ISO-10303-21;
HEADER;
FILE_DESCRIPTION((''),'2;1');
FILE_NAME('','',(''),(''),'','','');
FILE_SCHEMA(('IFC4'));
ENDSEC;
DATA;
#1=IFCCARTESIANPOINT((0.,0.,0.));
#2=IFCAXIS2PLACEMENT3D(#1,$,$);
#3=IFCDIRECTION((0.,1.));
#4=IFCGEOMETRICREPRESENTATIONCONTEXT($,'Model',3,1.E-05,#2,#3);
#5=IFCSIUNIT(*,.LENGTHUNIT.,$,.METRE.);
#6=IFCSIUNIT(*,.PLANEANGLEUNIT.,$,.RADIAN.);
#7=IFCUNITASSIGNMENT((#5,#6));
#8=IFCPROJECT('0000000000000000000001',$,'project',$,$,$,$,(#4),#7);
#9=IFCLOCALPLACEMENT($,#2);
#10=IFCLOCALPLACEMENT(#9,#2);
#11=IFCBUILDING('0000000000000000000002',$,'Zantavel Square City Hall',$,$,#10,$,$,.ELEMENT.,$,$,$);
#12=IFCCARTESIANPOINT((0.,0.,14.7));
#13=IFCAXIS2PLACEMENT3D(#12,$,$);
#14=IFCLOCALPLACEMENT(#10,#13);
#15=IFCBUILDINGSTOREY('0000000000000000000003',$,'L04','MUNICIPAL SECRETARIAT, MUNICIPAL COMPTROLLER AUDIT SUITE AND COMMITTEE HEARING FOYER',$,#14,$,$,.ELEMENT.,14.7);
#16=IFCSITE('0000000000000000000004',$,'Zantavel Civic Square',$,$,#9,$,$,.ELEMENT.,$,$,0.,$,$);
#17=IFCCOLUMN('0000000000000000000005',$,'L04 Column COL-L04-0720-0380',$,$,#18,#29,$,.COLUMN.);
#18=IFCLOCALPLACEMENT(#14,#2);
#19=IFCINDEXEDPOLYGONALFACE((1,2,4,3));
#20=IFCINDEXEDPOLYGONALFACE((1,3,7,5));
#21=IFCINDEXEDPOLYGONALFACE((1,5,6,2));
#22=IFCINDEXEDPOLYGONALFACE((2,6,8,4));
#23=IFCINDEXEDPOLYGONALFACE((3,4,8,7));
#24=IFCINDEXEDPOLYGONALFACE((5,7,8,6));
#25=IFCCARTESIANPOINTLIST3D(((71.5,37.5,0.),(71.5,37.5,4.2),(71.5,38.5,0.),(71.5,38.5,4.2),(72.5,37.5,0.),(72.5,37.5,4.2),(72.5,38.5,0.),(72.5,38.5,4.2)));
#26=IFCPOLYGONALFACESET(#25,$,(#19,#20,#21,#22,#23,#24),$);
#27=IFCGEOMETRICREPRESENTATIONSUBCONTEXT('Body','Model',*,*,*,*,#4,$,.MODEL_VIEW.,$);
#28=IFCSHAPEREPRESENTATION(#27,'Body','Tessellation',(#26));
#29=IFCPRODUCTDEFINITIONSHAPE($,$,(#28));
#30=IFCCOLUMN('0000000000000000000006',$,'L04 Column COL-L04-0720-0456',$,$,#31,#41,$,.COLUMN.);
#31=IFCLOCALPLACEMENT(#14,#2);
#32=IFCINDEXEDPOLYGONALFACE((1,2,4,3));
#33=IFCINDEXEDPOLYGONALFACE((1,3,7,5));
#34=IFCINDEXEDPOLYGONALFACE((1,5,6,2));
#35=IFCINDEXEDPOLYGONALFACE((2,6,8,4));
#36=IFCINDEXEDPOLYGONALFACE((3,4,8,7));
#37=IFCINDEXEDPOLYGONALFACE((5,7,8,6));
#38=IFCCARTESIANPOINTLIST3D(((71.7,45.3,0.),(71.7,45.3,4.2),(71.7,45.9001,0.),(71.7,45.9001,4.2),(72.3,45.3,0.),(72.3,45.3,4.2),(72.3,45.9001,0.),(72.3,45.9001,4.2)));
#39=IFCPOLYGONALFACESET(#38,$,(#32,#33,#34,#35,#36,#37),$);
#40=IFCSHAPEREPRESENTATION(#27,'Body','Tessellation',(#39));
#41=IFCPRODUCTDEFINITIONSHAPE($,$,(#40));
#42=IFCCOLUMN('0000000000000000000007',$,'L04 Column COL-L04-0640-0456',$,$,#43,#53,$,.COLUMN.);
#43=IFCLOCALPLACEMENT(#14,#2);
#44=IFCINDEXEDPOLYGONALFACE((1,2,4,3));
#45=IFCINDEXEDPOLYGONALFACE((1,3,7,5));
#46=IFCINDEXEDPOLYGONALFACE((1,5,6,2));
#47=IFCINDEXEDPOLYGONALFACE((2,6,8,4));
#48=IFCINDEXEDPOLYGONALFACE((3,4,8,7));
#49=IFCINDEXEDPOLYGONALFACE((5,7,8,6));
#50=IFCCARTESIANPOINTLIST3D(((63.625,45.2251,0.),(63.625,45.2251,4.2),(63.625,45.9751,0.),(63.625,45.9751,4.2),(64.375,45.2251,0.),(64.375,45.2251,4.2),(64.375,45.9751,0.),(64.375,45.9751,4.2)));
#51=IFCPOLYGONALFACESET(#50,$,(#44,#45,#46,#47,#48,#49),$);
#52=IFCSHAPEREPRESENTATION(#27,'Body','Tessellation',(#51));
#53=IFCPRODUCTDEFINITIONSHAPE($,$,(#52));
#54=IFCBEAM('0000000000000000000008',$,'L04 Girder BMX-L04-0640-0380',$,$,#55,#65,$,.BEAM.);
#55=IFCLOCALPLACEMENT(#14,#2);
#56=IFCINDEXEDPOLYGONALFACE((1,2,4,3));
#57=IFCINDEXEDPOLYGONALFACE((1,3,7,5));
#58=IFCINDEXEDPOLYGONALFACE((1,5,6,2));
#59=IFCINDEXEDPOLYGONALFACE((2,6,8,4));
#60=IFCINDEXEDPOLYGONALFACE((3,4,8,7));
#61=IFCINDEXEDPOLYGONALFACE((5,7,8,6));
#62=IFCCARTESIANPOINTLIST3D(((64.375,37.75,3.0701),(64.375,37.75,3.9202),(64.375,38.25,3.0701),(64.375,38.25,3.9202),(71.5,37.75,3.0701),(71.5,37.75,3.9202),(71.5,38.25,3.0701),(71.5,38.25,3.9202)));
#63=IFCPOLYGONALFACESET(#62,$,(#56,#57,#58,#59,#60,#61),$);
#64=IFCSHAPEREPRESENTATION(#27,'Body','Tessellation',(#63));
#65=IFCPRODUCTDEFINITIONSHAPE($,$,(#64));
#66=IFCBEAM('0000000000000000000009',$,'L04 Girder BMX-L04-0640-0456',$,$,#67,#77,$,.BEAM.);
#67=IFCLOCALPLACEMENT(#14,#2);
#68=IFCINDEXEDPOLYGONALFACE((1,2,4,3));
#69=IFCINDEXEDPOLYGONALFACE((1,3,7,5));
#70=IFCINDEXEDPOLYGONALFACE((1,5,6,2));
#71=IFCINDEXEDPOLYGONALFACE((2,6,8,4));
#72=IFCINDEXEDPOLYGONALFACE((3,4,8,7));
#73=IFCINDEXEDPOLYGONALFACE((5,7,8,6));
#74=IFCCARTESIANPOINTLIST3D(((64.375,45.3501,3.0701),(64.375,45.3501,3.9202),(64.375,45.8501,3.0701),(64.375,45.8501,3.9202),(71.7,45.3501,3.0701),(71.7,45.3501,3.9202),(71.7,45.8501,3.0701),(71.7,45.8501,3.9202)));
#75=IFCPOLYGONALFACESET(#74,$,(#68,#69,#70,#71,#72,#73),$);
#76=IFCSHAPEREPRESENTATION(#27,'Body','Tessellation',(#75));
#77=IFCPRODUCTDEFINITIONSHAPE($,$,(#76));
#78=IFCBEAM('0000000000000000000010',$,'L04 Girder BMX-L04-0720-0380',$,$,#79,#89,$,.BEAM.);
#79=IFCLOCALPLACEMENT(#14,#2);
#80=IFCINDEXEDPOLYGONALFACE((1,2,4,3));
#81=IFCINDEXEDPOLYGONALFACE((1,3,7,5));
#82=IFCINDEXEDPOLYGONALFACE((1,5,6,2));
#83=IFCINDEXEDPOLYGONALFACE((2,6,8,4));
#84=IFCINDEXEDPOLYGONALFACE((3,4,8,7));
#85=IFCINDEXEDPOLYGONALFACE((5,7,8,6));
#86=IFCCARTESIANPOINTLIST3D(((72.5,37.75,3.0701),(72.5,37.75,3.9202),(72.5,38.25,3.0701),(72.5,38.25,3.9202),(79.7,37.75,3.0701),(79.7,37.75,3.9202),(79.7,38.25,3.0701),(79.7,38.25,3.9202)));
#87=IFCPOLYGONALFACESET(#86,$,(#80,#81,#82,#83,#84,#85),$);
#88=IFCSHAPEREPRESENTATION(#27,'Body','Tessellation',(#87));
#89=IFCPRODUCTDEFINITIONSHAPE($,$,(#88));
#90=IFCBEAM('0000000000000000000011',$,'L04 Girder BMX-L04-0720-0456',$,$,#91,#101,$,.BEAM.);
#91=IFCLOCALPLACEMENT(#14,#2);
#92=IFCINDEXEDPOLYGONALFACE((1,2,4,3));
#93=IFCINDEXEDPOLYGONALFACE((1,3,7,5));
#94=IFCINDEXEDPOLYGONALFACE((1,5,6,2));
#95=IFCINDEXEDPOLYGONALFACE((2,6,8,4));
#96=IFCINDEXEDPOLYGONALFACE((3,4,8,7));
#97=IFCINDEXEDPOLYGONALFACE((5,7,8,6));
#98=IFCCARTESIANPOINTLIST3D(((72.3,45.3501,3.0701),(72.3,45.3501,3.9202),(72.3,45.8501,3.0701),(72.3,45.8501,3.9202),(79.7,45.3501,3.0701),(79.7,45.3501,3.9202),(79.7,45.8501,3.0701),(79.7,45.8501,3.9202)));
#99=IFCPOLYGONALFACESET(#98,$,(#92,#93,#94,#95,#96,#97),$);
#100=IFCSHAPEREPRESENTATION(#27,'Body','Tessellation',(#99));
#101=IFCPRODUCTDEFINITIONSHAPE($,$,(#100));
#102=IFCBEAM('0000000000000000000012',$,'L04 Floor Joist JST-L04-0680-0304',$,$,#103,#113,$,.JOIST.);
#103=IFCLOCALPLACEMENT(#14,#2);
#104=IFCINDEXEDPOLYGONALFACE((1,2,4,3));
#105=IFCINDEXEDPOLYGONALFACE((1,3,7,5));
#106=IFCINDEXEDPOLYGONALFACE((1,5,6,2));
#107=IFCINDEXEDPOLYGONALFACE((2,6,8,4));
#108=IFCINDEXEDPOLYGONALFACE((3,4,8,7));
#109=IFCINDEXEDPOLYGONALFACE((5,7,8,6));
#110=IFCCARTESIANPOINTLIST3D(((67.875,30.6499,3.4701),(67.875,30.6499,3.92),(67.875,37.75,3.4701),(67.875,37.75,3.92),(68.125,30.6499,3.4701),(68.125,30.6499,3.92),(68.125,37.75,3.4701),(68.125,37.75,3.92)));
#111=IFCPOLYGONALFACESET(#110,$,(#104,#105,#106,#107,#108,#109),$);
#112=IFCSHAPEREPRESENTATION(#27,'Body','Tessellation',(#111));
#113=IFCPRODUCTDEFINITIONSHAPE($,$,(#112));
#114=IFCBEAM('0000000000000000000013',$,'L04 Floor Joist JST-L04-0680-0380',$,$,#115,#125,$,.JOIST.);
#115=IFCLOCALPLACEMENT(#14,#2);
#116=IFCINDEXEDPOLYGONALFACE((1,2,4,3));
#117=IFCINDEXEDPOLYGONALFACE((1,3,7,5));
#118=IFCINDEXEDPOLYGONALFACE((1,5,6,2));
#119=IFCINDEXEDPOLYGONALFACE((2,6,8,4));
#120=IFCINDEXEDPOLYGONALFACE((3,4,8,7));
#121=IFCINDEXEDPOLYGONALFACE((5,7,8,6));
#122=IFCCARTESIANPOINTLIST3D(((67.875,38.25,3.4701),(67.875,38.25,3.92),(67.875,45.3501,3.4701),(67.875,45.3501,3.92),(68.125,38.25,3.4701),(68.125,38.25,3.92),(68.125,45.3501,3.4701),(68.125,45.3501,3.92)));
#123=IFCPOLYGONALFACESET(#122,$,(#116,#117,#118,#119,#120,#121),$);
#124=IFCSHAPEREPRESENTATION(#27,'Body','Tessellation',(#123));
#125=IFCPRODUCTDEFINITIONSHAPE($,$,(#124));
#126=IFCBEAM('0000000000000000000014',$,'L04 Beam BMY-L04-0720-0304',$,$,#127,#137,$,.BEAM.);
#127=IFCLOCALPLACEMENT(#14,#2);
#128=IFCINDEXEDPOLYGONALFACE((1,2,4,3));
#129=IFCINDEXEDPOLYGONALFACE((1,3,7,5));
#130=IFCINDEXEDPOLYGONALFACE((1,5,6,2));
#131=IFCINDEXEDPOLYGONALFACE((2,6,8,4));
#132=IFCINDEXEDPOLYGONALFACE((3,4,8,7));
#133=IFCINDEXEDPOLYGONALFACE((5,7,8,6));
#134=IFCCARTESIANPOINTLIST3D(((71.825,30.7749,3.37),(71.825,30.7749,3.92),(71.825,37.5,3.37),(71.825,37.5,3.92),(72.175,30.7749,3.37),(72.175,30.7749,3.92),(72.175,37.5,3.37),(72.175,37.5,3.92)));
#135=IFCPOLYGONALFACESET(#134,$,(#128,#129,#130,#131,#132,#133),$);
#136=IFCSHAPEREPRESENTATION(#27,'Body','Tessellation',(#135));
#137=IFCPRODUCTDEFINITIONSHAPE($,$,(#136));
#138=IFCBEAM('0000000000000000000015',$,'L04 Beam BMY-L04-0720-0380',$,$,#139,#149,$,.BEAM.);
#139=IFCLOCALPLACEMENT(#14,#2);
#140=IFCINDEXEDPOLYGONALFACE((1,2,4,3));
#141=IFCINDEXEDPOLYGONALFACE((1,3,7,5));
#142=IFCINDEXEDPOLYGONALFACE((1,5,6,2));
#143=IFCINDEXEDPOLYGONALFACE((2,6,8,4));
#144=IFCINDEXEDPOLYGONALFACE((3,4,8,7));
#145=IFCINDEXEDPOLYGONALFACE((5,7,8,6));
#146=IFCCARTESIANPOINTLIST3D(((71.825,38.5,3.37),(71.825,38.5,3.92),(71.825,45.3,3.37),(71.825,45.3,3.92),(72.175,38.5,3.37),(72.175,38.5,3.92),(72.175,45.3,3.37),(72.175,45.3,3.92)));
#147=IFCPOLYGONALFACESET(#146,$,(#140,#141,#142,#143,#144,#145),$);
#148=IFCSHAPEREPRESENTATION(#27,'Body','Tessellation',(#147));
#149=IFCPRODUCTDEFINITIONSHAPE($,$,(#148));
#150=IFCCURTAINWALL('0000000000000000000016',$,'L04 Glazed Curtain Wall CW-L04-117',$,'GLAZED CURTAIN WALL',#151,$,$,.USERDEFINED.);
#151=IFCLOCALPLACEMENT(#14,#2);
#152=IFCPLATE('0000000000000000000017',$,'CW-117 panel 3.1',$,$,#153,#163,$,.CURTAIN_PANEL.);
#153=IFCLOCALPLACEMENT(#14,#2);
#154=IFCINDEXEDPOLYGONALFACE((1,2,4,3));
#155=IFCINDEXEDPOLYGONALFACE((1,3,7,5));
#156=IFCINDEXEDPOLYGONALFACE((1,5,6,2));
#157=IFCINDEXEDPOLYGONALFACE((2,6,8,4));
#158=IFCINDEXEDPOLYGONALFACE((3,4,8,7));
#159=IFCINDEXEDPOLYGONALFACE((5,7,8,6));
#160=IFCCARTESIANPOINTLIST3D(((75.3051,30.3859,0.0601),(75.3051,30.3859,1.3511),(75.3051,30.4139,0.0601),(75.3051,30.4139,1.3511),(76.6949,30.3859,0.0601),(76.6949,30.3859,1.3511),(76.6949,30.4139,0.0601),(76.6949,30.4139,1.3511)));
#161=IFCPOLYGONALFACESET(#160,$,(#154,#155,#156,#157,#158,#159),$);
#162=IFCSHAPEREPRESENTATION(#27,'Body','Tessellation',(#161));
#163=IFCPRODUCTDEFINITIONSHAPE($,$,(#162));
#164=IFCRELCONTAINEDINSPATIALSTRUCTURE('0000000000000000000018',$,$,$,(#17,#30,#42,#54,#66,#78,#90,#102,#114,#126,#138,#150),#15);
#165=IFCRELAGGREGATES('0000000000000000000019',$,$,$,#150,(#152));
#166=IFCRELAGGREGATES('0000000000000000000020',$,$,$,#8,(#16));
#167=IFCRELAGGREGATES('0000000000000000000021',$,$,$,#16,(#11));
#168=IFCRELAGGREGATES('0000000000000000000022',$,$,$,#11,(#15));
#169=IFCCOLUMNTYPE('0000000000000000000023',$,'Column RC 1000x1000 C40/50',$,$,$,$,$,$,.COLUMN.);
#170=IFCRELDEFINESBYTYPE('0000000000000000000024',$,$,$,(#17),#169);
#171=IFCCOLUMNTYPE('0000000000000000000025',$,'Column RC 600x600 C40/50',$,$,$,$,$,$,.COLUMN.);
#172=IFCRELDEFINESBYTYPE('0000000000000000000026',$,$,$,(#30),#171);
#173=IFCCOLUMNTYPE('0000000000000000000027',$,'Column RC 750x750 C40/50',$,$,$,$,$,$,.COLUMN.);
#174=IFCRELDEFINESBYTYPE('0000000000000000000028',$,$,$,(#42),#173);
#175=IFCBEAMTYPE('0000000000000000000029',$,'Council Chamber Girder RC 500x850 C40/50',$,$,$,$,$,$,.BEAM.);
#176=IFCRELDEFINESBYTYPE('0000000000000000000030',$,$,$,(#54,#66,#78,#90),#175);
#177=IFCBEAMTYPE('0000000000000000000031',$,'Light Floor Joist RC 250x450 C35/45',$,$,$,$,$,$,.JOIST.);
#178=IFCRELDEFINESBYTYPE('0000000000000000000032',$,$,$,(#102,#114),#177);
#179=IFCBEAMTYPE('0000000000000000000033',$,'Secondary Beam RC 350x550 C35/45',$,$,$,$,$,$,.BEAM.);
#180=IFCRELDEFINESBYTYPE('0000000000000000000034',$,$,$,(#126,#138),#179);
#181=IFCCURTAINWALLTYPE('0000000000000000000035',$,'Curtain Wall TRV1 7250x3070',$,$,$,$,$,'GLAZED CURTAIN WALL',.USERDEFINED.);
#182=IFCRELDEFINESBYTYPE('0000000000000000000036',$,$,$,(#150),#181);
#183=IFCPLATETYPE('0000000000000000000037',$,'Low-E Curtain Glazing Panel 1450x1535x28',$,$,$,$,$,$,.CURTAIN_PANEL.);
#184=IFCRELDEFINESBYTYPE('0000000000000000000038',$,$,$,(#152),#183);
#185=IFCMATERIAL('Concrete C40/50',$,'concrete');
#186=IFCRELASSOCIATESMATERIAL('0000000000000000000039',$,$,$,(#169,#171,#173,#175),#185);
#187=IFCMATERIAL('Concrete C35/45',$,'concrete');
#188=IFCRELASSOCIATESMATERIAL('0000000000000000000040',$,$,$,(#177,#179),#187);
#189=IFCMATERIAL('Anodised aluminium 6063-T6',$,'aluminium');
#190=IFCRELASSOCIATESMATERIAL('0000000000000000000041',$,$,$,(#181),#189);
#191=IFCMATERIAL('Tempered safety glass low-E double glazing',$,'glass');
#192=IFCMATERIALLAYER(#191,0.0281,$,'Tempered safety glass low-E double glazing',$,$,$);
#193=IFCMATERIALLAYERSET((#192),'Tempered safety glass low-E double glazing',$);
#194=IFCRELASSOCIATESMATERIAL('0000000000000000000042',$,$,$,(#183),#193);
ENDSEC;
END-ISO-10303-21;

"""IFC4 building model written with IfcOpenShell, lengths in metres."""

from ifc_helpers import new_model, si_unit, direction, frame, origin, origin_2d, place, context, subcontext, project, spatial, rectangle, extrude, material, layer, layer_set, material_profile, profile_set, type_object, element, aggregate, save


model = new_model("IFC4")

# Units and contexts
model_context = context("Model", 3, precision=1e-05, world=origin(), true_north=direction((0.0, 1.0)))
body_context = subcontext(model_context, "Body", "Model", "MODEL_VIEW")
ifc_project = project(units=[si_unit("LENGTHUNIT", "METRE"), si_unit("PLANEANGLEUNIT", "RADIAN")], contexts=[model_context])

# Site, building, storey
site_placement = place(None, origin())
site = spatial("IfcSite", under=ifc_project, at=site_placement, Name="Zantavel Civic Square", CompositionType="ELEMENT", RefElevation=0.0)
building_placement = place(site_placement, origin())
building = spatial("IfcBuilding", under=site, at=building_placement, Name="Zantavel Square City Hall", CompositionType="ELEMENT")
storey_placement = place(building_placement, frame((0.0, 0.0, 14.7)))
storey = spatial("IfcBuildingStorey", under=building, at=storey_placement, Name="L04", Description="MUNICIPAL SECRETARIAT, MUNICIPAL COMPTROLLER AUDIT SUITE AND COMMITTEE HEARING FOYER", CompositionType="ELEMENT", Elevation=14.7)

# Columns
ifc_material_1 = material(Name="Concrete C40/50", Category="concrete")
ifc_material_profile_1 = material_profile(ifc_material_1, rectangle(XDim=1.0, YDim=1.0, at=origin_2d()), Name="RC 1000x1000")
ifc_profile_set_1 = profile_set([ifc_material_profile_1], Name="Concrete C40/50")
column_type_1 = type_object("IfcColumnType", Name="Column RC 1000x1000 C40/50", PredefinedType="COLUMN", material=ifc_profile_set_1)
column_1_placement = place(storey_placement, frame((72.0, 38.0, 0.0), z_axis=(0.0, 0.0, 1.0), x_axis=(1.0, 0.0, 0.0)))
element("IfcColumn", 1, at=column_1_placement, inside=storey, type_object=column_type_1, Name="L04 Column COL-L04-0720-0380", PredefinedType="COLUMN", context=body_context, shape_type="SweptSolid", body=[
    extrude(rectangle(XDim=1.0, YDim=1.0, at=origin_2d()), origin(), (0.0, 0.0, 1.0), 4.2),
])
ifc_material_profile_2 = material_profile(ifc_material_1, rectangle(XDim=0.6001, YDim=0.6001, at=origin_2d()), Name="RC 600x600")
ifc_profile_set_2 = profile_set([ifc_material_profile_2], Name="Concrete C40/50")
column_type_2 = type_object("IfcColumnType", Name="Column RC 600x600 C40/50", PredefinedType="COLUMN", material=ifc_profile_set_2)
column_2_placement = place(storey_placement, frame((72.0, 45.6001, 0.0), z_axis=(0.0, 0.0, 1.0), x_axis=(1.0, 0.0, 0.0)))
element("IfcColumn", 2, at=column_2_placement, inside=storey, type_object=column_type_2, Name="L04 Column COL-L04-0720-0456", PredefinedType="COLUMN", context=body_context, shape_type="SweptSolid", body=[
    extrude(rectangle(XDim=0.6001, YDim=0.6001, at=origin_2d()), origin(), (0.0, 0.0, 1.0), 4.2),
])
ifc_material_profile_3 = material_profile(ifc_material_1, rectangle(XDim=0.75, YDim=0.75, at=origin_2d()), Name="RC 750x750")
ifc_profile_set_3 = profile_set([ifc_material_profile_3], Name="Concrete C40/50")
column_type_3 = type_object("IfcColumnType", Name="Column RC 750x750 C40/50", PredefinedType="COLUMN", material=ifc_profile_set_3)
column_3_placement = place(storey_placement, frame((64.0, 45.6001, 0.0), z_axis=(0.0, 0.0, 1.0), x_axis=(1.0, 0.0, 0.0)))
element("IfcColumn", 3, at=column_3_placement, inside=storey, type_object=column_type_3, Name="L04 Column COL-L04-0640-0456", PredefinedType="COLUMN", context=body_context, shape_type="SweptSolid", body=[
    extrude(rectangle(XDim=0.75, YDim=0.75, at=origin_2d()), origin(), (0.0, 0.0, 1.0), 4.2),
])

# Beams
ifc_material_profile_4 = material_profile(ifc_material_1, rectangle(XDim=0.5, YDim=0.8501, at=origin_2d()), Name="RC 500x850")
ifc_profile_set_4 = profile_set([ifc_material_profile_4], Name="Concrete C40/50")
beam_type_1 = type_object("IfcBeamType", Name="Council Chamber Girder RC 500x850 C40/50", PredefinedType="BEAM", material=ifc_profile_set_4)
beam_1_placement = place(storey_placement, frame((64.375, 38.0, 3.4951), z_axis=(1.0, 0.0, 0.0), x_axis=(0.0, 1.0, 0.0)))
element("IfcBeam", 4, at=beam_1_placement, inside=storey, type_object=beam_type_1, Name="L04 Girder BMX-L04-0640-0380", PredefinedType="BEAM", context=body_context, shape_type="SweptSolid", body=[
    extrude(rectangle(XDim=0.5, YDim=0.8501, at=origin_2d()), origin(), (0.0, 0.0, 1.0), 7.125),
])
beam_2_placement = place(storey_placement, frame((64.375, 45.6001, 3.4951), z_axis=(1.0, 0.0, 0.0), x_axis=(0.0, 1.0, 0.0)))
element("IfcBeam", 5, at=beam_2_placement, inside=storey, type_object=beam_type_1, Name="L04 Girder BMX-L04-0640-0456", PredefinedType="BEAM", context=body_context, shape_type="SweptSolid", body=[
    extrude(rectangle(XDim=0.5, YDim=0.8501, at=origin_2d()), origin(), (0.0, 0.0, 1.0), 7.325),
])
beam_3_placement = place(storey_placement, frame((72.5, 38.0, 3.4951), z_axis=(1.0, 0.0, 0.0), x_axis=(0.0, 1.0, 0.0)))
element("IfcBeam", 6, at=beam_3_placement, inside=storey, type_object=beam_type_1, Name="L04 Girder BMX-L04-0720-0380", PredefinedType="BEAM", context=body_context, shape_type="SweptSolid", body=[
    extrude(rectangle(XDim=0.5, YDim=0.8501, at=origin_2d()), origin(), (0.0, 0.0, 1.0), 7.2),
])
beam_4_placement = place(storey_placement, frame((72.3, 45.6001, 3.4951), z_axis=(1.0, 0.0, 0.0), x_axis=(0.0, 1.0, 0.0)))
element("IfcBeam", 7, at=beam_4_placement, inside=storey, type_object=beam_type_1, Name="L04 Girder BMX-L04-0720-0456", PredefinedType="BEAM", context=body_context, shape_type="SweptSolid", body=[
    extrude(rectangle(XDim=0.5, YDim=0.8501, at=origin_2d()), origin(), (0.0, 0.0, 1.0), 7.3999),
])
ifc_material_2 = material(Name="Concrete C35/45", Category="concrete")
ifc_material_profile_5 = material_profile(ifc_material_2, rectangle(XDim=0.25, YDim=0.45, at=origin_2d()), Name="RC 250x450")
ifc_profile_set_5 = profile_set([ifc_material_profile_5], Name="Concrete C35/45")
beam_type_2 = type_object("IfcBeamType", Name="Light Floor Joist RC 250x450 C35/45", PredefinedType="JOIST", material=ifc_profile_set_5)
for number, where, z_axis, x_axis, name in (
    (8, (68.0, 30.6499, 3.6951), (0.0, 1.0, 0.0), (-1.0, 0.0, 0.0), "L04 Floor Joist JST-L04-0680-0304"),
    (9, (68.0, 38.25, 3.6951), (0.0, 1.0, 0.0), (-1.0, 0.0, 0.0), "L04 Floor Joist JST-L04-0680-0380"),
):
    element("IfcBeam", number, at=place(storey_placement, frame(where, z_axis=z_axis, x_axis=x_axis)), inside=storey, type_object=beam_type_2, Name=name, PredefinedType="JOIST", context=body_context, shape_type="SweptSolid", body=[
        extrude(rectangle(XDim=0.25, YDim=0.45, at=origin_2d()), origin(), (0.0, 0.0, 1.0), 7.1001),
    ])
ifc_material_profile_6 = material_profile(ifc_material_2, rectangle(XDim=0.3501, YDim=0.55, at=origin_2d()), Name="RC 350x550")
ifc_profile_set_6 = profile_set([ifc_material_profile_6], Name="Concrete C35/45")
beam_type_3 = type_object("IfcBeamType", Name="Secondary Beam RC 350x550 C35/45", PredefinedType="BEAM", material=ifc_profile_set_6)
beam_5_placement = place(storey_placement, frame((72.0, 30.7749, 3.645), z_axis=(0.0, 1.0, 0.0), x_axis=(-1.0, 0.0, 0.0)))
element("IfcBeam", 10, at=beam_5_placement, inside=storey, type_object=beam_type_3, Name="L04 Beam BMY-L04-0720-0304", PredefinedType="BEAM", context=body_context, shape_type="SweptSolid", body=[
    extrude(rectangle(XDim=0.3501, YDim=0.55, at=origin_2d()), origin(), (0.0, 0.0, 1.0), 6.7251),
])
beam_6_placement = place(storey_placement, frame((72.0, 38.5, 3.645), z_axis=(0.0, 1.0, 0.0), x_axis=(-1.0, 0.0, 0.0)))
element("IfcBeam", 11, at=beam_6_placement, inside=storey, type_object=beam_type_3, Name="L04 Beam BMY-L04-0720-0380", PredefinedType="BEAM", context=body_context, shape_type="SweptSolid", body=[
    extrude(rectangle(XDim=0.3501, YDim=0.55, at=origin_2d()), origin(), (0.0, 0.0, 1.0), 6.8),
])

# Curtain wall, plate
ifc_material_3 = material(Name="Anodised aluminium 6063-T6", Category="aluminium")
curtain_wall_type = type_object("IfcCurtainWallType", Name="Curtain Wall TRV1 7250x3070", ElementType="GLAZED CURTAIN WALL", PredefinedType="USERDEFINED", material=ifc_material_3)
curtain_wall_placement = place(storey_placement, origin())
curtain_wall = element("IfcCurtainWall", 12, at=curtain_wall_placement, inside=storey, type_object=curtain_wall_type, Name="L04 Glazed Curtain Wall CW-L04-117", ObjectType="GLAZED CURTAIN WALL", PredefinedType="USERDEFINED")
ifc_material_4 = material(Name="Tempered safety glass low-E double glazing", Category="glass")
ifc_layer_1 = layer(ifc_material_4, 0.0281, Name="Tempered safety glass low-E double glazing")
ifc_layer_set_1 = layer_set([ifc_layer_1], Name="Tempered safety glass low-E double glazing")
plate_type = type_object("IfcPlateType", Name="Low-E Curtain Glazing Panel 1450x1535x28", PredefinedType="CURTAIN_PANEL", material=ifc_layer_set_1)
plate_placement = place(storey_placement, frame((76.0, 30.3999, 0.0601), z_axis=(0.0, 0.0, 1.0), x_axis=(-1.0, 0.0, 0.0)))
plate = element("IfcPlate", 13, at=plate_placement, type_object=plate_type, Name="CW-117 panel 3.1", PredefinedType="CURTAIN_PANEL", context=body_context, shape_type="SweptSolid", body=[
    extrude(rectangle(XDim=1.3899, YDim=0.0281, at=origin_2d()), origin(), (0.0, 0.0, 1.0), 1.291),
])
aggregate(curtain_wall, [plate])

save(model, "model.ifc")
